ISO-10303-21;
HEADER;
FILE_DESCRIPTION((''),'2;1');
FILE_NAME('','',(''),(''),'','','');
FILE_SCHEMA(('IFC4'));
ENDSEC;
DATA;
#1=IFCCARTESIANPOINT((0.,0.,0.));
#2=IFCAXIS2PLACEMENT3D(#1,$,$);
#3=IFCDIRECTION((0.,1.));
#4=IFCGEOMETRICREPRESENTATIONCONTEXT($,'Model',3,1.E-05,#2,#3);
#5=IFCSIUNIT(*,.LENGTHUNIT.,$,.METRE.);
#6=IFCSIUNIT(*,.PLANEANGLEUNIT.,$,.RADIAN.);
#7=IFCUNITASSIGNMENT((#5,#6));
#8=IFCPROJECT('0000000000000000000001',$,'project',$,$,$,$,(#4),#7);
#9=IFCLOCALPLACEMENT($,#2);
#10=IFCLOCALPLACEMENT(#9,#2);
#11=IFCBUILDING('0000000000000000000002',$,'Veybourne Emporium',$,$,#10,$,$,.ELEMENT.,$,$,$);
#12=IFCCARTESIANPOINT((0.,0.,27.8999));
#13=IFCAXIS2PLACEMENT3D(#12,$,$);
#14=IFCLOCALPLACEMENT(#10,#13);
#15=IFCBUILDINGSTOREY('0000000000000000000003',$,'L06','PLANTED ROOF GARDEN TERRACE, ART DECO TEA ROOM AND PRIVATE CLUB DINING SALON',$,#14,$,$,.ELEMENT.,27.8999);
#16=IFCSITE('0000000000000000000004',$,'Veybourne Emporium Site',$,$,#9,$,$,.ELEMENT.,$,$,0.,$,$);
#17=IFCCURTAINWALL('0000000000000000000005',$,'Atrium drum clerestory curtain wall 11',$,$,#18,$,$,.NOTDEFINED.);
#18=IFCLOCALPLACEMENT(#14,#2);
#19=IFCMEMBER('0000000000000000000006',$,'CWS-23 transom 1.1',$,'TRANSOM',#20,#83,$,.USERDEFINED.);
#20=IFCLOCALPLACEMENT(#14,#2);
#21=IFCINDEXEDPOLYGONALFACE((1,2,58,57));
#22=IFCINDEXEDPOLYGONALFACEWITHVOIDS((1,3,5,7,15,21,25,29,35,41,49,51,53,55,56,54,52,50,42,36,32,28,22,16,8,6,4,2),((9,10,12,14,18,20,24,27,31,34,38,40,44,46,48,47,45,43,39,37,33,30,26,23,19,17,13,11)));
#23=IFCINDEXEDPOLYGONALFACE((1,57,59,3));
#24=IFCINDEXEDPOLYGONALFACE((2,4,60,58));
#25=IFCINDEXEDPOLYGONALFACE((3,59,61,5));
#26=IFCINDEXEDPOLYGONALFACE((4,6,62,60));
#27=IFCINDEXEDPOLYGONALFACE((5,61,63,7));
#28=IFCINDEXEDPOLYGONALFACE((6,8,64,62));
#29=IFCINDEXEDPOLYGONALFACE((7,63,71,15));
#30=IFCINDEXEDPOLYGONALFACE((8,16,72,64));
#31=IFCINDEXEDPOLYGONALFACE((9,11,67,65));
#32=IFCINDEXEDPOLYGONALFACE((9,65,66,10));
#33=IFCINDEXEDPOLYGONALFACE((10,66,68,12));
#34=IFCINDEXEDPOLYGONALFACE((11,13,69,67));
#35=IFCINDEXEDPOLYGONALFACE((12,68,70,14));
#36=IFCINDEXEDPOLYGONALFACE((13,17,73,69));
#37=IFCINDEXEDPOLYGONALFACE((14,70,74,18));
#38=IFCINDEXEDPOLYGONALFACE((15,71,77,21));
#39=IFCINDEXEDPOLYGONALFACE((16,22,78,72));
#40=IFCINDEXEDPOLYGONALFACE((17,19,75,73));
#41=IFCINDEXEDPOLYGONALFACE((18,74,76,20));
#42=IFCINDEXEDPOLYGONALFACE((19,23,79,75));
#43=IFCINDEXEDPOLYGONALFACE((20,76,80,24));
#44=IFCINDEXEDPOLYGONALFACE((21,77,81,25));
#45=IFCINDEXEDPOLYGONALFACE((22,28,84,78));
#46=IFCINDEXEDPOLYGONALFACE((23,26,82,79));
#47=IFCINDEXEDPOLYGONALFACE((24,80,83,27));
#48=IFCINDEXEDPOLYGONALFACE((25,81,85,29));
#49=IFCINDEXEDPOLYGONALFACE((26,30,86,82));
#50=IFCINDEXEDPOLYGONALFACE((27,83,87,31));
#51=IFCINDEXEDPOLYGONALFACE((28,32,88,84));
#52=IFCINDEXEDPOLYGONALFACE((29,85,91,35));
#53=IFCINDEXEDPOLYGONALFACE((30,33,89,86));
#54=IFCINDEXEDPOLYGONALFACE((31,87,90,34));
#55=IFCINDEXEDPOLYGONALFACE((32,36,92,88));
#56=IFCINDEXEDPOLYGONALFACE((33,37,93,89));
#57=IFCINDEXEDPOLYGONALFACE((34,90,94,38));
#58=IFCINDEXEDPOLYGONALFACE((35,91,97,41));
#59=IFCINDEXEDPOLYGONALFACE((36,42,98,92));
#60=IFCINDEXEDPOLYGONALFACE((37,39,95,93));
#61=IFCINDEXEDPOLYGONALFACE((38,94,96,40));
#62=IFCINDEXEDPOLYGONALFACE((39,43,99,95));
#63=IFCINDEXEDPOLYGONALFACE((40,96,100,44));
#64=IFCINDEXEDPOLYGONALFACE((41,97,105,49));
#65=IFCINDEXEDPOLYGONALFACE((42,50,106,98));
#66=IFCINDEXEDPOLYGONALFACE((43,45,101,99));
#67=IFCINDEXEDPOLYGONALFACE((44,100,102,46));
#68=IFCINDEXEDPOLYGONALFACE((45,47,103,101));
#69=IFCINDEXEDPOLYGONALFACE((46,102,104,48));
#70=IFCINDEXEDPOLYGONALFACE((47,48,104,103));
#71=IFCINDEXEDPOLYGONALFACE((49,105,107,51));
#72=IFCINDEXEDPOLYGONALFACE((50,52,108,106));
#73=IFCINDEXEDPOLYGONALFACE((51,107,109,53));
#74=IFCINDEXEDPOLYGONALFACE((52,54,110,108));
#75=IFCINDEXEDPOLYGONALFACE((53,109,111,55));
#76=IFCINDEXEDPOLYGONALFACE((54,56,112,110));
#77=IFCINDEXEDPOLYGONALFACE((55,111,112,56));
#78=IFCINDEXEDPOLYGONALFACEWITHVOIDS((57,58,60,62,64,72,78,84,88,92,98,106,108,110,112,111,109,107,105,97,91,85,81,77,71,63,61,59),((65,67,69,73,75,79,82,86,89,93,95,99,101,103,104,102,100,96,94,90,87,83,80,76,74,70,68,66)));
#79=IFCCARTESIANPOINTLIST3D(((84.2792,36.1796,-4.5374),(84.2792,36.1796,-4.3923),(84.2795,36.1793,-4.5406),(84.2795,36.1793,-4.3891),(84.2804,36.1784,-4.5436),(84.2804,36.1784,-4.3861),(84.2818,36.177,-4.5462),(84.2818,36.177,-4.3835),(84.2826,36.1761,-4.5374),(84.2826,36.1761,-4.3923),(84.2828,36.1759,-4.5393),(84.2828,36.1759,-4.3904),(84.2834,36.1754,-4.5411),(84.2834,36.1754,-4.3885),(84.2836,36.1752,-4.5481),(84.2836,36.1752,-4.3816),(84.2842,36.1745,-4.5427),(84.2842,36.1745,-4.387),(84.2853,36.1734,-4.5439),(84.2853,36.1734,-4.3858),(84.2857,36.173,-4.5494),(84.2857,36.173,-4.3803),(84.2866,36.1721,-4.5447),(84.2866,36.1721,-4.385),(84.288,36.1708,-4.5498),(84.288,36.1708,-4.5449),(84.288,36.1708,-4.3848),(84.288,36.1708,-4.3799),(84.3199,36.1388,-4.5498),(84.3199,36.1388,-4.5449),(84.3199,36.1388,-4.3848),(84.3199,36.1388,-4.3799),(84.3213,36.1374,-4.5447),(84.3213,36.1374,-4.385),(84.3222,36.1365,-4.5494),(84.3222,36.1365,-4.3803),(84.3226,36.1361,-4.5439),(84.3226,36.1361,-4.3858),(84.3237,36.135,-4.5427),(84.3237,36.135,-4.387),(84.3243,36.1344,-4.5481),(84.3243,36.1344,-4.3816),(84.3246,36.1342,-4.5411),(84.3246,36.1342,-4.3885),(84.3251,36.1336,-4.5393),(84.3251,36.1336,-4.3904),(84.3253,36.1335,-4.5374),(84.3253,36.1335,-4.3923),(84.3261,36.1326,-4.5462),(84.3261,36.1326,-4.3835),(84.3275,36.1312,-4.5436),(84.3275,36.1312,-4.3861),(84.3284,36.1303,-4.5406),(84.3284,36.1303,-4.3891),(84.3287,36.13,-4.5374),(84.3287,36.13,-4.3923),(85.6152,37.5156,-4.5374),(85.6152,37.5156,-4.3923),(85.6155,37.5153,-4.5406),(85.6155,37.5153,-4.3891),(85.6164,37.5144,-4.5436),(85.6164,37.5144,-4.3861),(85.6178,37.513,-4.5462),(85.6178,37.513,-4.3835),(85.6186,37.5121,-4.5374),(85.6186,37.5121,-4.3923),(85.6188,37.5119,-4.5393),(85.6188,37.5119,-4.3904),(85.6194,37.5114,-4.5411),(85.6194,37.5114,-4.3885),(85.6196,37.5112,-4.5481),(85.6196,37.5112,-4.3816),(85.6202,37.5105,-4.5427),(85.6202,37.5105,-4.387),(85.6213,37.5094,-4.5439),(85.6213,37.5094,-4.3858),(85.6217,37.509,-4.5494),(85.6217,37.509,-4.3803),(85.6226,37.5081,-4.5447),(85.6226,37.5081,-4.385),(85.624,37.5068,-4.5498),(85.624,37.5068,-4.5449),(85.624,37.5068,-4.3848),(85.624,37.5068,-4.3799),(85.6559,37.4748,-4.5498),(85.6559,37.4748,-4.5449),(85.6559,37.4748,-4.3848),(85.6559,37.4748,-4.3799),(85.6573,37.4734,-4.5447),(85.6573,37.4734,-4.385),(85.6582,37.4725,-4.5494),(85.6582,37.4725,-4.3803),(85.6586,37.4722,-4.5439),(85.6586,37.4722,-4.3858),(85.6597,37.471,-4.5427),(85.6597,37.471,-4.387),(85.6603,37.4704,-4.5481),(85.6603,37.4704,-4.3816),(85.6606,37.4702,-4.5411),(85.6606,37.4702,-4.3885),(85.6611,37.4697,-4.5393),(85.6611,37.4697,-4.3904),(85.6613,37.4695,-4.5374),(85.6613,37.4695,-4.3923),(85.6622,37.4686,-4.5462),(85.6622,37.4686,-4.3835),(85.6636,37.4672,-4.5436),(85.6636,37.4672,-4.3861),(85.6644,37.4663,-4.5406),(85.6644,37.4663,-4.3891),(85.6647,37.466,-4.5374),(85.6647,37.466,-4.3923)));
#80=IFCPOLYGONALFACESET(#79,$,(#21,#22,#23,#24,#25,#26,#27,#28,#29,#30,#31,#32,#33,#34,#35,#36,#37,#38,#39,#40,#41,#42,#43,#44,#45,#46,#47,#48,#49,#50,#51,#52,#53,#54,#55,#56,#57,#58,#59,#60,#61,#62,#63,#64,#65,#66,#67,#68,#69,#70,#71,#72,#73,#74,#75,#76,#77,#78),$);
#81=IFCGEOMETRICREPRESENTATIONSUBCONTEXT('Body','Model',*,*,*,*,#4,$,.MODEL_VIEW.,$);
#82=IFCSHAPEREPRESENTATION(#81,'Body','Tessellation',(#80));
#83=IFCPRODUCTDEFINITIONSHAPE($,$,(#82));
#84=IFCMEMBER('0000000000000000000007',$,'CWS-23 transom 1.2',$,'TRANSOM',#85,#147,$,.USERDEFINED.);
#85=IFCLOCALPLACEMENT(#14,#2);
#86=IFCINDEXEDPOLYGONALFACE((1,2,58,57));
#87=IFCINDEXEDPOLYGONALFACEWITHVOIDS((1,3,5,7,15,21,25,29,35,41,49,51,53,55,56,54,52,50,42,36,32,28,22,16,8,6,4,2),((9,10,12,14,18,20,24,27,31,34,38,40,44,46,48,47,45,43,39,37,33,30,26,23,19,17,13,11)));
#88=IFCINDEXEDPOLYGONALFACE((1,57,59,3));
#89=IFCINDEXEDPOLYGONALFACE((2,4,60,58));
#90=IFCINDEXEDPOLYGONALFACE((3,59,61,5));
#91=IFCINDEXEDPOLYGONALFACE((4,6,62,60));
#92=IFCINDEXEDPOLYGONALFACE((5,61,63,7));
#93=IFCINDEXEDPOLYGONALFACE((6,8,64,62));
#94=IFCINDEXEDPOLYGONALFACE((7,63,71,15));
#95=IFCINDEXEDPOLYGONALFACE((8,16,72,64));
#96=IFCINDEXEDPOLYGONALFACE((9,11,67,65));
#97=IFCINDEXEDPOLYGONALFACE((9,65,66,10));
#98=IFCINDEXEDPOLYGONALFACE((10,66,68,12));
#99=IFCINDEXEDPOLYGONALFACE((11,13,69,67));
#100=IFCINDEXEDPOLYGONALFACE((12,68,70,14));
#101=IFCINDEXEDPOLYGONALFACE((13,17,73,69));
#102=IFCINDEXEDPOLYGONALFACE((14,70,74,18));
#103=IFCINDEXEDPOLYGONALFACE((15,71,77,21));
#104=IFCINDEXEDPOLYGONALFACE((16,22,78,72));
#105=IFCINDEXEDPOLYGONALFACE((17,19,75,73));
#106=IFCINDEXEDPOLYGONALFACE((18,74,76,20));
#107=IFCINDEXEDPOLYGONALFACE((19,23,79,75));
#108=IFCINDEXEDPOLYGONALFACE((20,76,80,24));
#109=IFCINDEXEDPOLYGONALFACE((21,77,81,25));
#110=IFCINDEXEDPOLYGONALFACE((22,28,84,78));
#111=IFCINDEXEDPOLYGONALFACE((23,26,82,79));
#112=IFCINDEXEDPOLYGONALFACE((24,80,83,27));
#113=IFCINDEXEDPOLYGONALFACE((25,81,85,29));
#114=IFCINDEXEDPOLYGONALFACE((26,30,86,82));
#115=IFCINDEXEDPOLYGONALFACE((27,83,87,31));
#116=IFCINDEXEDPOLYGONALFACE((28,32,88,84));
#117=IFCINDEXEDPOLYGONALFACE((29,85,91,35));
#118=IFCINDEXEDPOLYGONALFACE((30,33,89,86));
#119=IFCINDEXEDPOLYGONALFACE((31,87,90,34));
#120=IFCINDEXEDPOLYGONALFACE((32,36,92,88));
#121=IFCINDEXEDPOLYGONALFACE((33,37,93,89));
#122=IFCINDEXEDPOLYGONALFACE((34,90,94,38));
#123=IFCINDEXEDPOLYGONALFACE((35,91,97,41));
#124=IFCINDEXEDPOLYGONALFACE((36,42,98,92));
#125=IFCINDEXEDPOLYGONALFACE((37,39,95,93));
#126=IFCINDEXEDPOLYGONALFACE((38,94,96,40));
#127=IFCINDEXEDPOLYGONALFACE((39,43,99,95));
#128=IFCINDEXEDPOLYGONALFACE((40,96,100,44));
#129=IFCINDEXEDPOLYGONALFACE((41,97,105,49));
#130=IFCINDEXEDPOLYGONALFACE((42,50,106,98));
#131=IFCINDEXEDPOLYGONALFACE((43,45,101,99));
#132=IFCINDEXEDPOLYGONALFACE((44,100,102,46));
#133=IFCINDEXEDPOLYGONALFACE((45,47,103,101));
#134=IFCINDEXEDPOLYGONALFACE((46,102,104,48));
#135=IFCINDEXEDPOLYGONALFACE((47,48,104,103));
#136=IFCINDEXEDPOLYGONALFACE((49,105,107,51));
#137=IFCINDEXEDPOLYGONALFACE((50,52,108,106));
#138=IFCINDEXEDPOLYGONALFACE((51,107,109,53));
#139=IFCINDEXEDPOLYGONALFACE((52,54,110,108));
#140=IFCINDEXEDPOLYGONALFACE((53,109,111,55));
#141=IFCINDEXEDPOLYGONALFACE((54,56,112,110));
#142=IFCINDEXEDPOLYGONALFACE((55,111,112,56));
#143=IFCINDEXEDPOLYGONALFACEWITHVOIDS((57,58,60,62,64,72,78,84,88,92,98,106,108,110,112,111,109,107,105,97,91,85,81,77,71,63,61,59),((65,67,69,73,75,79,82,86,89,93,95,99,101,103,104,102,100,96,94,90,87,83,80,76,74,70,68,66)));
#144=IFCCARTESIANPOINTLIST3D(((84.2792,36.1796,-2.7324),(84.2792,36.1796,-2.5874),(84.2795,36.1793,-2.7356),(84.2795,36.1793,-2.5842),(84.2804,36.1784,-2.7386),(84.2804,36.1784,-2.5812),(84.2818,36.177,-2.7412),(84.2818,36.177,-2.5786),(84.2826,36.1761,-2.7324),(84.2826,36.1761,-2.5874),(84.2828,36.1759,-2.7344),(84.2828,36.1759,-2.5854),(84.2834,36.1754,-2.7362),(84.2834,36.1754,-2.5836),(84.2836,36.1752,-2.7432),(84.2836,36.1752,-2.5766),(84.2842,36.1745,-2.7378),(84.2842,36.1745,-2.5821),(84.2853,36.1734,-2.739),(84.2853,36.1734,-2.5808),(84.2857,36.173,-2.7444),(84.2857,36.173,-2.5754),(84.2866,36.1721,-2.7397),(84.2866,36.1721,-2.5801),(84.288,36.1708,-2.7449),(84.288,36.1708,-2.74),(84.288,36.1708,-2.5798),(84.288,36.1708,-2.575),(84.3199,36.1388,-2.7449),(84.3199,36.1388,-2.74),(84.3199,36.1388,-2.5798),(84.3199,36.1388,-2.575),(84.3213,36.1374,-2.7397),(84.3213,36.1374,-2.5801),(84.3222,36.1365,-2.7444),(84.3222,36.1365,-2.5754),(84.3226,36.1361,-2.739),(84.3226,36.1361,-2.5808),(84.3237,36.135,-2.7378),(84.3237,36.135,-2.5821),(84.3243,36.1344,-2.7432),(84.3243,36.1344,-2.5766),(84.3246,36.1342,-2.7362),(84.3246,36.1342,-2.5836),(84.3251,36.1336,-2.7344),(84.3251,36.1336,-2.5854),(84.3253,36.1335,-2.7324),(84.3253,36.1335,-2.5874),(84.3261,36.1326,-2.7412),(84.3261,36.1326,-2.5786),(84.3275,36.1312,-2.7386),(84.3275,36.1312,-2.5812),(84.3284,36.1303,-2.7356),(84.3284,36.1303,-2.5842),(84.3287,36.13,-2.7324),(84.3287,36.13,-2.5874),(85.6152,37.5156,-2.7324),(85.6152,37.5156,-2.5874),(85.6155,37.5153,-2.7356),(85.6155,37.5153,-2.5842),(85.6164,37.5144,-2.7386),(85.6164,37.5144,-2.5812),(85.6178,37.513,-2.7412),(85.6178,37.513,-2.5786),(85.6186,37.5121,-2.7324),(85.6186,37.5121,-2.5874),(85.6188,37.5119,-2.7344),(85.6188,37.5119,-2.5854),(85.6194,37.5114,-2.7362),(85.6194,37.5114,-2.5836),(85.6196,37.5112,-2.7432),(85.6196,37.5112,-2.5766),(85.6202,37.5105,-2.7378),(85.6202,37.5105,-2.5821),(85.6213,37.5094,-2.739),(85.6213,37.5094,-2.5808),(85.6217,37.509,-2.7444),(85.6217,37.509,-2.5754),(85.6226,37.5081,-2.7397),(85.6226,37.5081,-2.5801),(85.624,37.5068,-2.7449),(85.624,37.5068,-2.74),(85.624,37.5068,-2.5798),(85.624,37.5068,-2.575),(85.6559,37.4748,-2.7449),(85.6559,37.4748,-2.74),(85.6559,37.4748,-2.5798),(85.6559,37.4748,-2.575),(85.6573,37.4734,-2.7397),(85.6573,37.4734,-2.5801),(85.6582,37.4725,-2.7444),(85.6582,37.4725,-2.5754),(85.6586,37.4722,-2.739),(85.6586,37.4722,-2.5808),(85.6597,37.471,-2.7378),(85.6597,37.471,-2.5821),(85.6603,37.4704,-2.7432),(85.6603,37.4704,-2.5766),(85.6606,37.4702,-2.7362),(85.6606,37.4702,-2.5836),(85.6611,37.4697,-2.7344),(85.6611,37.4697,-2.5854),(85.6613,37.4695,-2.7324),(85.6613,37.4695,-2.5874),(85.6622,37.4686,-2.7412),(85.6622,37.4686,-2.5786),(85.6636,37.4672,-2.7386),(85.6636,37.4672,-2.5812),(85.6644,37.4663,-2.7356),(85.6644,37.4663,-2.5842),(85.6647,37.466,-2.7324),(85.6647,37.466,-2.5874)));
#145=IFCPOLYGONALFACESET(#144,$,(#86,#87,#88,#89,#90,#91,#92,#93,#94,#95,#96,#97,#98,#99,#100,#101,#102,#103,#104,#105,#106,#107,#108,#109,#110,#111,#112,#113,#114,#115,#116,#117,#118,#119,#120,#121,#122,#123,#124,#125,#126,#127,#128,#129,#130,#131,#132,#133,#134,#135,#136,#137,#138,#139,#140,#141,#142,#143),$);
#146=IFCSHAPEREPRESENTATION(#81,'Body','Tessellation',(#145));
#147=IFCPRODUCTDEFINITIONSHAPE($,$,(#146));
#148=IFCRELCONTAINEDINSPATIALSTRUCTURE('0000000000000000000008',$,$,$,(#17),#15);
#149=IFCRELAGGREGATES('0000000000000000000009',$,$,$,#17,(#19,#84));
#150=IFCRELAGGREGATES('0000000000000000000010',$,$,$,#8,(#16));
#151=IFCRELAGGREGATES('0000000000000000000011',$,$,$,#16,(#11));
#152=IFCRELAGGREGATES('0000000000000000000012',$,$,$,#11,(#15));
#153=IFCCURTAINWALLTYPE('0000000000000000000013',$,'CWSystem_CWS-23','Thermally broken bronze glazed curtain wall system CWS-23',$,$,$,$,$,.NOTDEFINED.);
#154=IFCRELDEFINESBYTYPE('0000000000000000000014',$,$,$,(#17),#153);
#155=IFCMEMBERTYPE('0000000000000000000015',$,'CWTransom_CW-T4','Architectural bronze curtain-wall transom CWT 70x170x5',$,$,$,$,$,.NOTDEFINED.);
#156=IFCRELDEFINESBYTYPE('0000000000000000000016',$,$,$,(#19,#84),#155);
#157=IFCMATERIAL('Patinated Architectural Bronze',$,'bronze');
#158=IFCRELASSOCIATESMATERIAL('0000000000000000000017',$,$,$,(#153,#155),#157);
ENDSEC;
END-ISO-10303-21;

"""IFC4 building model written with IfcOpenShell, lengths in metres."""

from ifc_helpers import new_model, si_unit, direction, frame, origin, origin_2d, place, context, subcontext, project, spatial, hollow_rectangle, extrude, material, material_profile, profile_set, type_object, element, aggregate, save


model = new_model("IFC4")

# Units and contexts
model_context = context("Model", 3, precision=1e-05, world=origin(), true_north=direction((0.0, 1.0)))
body_context = subcontext(model_context, "Body", "Model", "MODEL_VIEW")
ifc_project = project(units=[si_unit("LENGTHUNIT", "METRE"), si_unit("PLANEANGLEUNIT", "RADIAN")], contexts=[model_context])

# Site, building, storey
site_placement = place(None, origin())
site = spatial("IfcSite", under=ifc_project, at=site_placement, Name="Veybourne Emporium Site", CompositionType="ELEMENT", RefElevation=0.0)
building_placement = place(site_placement, origin())
building = spatial("IfcBuilding", under=site, at=building_placement, Name="Veybourne Emporium", CompositionType="ELEMENT")
storey_placement = place(building_placement, frame((0.0, 0.0, 27.8999)))
storey = spatial("IfcBuildingStorey", under=building, at=storey_placement, Name="L06", Description="PLANTED ROOF GARDEN TERRACE, ART DECO TEA ROOM AND PRIVATE CLUB DINING SALON", CompositionType="ELEMENT", Elevation=27.8999)

# Curtain wall, members
ifc_material_1 = material(Name="Patinated Architectural Bronze", Category="bronze")
curtain_wall_type = type_object("IfcCurtainWallType", Name="CWSystem_CWS-23", Description="Thermally broken bronze glazed curtain wall system CWS-23", PredefinedType="NOTDEFINED", material=ifc_material_1)
curtain_wall_placement = place(storey_placement, origin())
curtain_wall = element("IfcCurtainWall", 1, at=curtain_wall_placement, inside=storey, type_object=curtain_wall_type, Name="Atrium drum clerestory curtain wall 11", PredefinedType="NOTDEFINED")
ifc_material_profile_1 = material_profile(ifc_material_1, hollow_rectangle(XDim=0.0701, YDim=0.1699, WallThickness=0.0049, InnerFilletRadius=0.0076, OuterFilletRadius=0.0125, at=origin_2d()), Name="CWT 70x170x5")
ifc_profile_set_1 = profile_set([ifc_material_profile_1], Name="Patinated Architectural Bronze")
member_type_1 = type_object("IfcMemberType", Name="CWTransom_CW-T4", Description="Architectural bronze curtain-wall transom CWT 70x170x5", PredefinedType="NOTDEFINED", material=ifc_profile_set_1)
member_1_placement = place(storey_placement, frame((84.304, 36.1548, -4.4648), z_axis=(0.707107, 0.707107, 0.0), x_axis=(-0.707107, 0.707107, 0.0)))
member_1 = element("IfcMember", 2, at=member_1_placement, type_object=member_type_1, Name="CWS-23 transom 1.1", ObjectType="TRANSOM", PredefinedType="USERDEFINED", context=body_context, shape_type="SweptSolid", body=[
    extrude(hollow_rectangle(XDim=0.0701, YDim=0.1699, WallThickness=0.0049, InnerFilletRadius=0.0076, OuterFilletRadius=0.0125, at=origin_2d()), origin(), (0.0, 0.0, 1.0), 1.8894),
])
member_2_placement = place(storey_placement, frame((84.304, 36.1548, -2.6599), z_axis=(0.707107, 0.707107, 0.0), x_axis=(-0.707107, 0.707107, 0.0)))
member_2 = element("IfcMember", 3, at=member_2_placement, type_object=member_type_1, Name="CWS-23 transom 1.2", ObjectType="TRANSOM", PredefinedType="USERDEFINED", context=body_context, shape_type="SweptSolid", body=[
    extrude(hollow_rectangle(XDim=0.0701, YDim=0.1699, WallThickness=0.0049, InnerFilletRadius=0.0076, OuterFilletRadius=0.0125, at=origin_2d()), origin(), (0.0, 0.0, 1.0), 1.8894),
])

aggregate(curtain_wall, [member_1, member_2])

save(model, "model.ifc")
